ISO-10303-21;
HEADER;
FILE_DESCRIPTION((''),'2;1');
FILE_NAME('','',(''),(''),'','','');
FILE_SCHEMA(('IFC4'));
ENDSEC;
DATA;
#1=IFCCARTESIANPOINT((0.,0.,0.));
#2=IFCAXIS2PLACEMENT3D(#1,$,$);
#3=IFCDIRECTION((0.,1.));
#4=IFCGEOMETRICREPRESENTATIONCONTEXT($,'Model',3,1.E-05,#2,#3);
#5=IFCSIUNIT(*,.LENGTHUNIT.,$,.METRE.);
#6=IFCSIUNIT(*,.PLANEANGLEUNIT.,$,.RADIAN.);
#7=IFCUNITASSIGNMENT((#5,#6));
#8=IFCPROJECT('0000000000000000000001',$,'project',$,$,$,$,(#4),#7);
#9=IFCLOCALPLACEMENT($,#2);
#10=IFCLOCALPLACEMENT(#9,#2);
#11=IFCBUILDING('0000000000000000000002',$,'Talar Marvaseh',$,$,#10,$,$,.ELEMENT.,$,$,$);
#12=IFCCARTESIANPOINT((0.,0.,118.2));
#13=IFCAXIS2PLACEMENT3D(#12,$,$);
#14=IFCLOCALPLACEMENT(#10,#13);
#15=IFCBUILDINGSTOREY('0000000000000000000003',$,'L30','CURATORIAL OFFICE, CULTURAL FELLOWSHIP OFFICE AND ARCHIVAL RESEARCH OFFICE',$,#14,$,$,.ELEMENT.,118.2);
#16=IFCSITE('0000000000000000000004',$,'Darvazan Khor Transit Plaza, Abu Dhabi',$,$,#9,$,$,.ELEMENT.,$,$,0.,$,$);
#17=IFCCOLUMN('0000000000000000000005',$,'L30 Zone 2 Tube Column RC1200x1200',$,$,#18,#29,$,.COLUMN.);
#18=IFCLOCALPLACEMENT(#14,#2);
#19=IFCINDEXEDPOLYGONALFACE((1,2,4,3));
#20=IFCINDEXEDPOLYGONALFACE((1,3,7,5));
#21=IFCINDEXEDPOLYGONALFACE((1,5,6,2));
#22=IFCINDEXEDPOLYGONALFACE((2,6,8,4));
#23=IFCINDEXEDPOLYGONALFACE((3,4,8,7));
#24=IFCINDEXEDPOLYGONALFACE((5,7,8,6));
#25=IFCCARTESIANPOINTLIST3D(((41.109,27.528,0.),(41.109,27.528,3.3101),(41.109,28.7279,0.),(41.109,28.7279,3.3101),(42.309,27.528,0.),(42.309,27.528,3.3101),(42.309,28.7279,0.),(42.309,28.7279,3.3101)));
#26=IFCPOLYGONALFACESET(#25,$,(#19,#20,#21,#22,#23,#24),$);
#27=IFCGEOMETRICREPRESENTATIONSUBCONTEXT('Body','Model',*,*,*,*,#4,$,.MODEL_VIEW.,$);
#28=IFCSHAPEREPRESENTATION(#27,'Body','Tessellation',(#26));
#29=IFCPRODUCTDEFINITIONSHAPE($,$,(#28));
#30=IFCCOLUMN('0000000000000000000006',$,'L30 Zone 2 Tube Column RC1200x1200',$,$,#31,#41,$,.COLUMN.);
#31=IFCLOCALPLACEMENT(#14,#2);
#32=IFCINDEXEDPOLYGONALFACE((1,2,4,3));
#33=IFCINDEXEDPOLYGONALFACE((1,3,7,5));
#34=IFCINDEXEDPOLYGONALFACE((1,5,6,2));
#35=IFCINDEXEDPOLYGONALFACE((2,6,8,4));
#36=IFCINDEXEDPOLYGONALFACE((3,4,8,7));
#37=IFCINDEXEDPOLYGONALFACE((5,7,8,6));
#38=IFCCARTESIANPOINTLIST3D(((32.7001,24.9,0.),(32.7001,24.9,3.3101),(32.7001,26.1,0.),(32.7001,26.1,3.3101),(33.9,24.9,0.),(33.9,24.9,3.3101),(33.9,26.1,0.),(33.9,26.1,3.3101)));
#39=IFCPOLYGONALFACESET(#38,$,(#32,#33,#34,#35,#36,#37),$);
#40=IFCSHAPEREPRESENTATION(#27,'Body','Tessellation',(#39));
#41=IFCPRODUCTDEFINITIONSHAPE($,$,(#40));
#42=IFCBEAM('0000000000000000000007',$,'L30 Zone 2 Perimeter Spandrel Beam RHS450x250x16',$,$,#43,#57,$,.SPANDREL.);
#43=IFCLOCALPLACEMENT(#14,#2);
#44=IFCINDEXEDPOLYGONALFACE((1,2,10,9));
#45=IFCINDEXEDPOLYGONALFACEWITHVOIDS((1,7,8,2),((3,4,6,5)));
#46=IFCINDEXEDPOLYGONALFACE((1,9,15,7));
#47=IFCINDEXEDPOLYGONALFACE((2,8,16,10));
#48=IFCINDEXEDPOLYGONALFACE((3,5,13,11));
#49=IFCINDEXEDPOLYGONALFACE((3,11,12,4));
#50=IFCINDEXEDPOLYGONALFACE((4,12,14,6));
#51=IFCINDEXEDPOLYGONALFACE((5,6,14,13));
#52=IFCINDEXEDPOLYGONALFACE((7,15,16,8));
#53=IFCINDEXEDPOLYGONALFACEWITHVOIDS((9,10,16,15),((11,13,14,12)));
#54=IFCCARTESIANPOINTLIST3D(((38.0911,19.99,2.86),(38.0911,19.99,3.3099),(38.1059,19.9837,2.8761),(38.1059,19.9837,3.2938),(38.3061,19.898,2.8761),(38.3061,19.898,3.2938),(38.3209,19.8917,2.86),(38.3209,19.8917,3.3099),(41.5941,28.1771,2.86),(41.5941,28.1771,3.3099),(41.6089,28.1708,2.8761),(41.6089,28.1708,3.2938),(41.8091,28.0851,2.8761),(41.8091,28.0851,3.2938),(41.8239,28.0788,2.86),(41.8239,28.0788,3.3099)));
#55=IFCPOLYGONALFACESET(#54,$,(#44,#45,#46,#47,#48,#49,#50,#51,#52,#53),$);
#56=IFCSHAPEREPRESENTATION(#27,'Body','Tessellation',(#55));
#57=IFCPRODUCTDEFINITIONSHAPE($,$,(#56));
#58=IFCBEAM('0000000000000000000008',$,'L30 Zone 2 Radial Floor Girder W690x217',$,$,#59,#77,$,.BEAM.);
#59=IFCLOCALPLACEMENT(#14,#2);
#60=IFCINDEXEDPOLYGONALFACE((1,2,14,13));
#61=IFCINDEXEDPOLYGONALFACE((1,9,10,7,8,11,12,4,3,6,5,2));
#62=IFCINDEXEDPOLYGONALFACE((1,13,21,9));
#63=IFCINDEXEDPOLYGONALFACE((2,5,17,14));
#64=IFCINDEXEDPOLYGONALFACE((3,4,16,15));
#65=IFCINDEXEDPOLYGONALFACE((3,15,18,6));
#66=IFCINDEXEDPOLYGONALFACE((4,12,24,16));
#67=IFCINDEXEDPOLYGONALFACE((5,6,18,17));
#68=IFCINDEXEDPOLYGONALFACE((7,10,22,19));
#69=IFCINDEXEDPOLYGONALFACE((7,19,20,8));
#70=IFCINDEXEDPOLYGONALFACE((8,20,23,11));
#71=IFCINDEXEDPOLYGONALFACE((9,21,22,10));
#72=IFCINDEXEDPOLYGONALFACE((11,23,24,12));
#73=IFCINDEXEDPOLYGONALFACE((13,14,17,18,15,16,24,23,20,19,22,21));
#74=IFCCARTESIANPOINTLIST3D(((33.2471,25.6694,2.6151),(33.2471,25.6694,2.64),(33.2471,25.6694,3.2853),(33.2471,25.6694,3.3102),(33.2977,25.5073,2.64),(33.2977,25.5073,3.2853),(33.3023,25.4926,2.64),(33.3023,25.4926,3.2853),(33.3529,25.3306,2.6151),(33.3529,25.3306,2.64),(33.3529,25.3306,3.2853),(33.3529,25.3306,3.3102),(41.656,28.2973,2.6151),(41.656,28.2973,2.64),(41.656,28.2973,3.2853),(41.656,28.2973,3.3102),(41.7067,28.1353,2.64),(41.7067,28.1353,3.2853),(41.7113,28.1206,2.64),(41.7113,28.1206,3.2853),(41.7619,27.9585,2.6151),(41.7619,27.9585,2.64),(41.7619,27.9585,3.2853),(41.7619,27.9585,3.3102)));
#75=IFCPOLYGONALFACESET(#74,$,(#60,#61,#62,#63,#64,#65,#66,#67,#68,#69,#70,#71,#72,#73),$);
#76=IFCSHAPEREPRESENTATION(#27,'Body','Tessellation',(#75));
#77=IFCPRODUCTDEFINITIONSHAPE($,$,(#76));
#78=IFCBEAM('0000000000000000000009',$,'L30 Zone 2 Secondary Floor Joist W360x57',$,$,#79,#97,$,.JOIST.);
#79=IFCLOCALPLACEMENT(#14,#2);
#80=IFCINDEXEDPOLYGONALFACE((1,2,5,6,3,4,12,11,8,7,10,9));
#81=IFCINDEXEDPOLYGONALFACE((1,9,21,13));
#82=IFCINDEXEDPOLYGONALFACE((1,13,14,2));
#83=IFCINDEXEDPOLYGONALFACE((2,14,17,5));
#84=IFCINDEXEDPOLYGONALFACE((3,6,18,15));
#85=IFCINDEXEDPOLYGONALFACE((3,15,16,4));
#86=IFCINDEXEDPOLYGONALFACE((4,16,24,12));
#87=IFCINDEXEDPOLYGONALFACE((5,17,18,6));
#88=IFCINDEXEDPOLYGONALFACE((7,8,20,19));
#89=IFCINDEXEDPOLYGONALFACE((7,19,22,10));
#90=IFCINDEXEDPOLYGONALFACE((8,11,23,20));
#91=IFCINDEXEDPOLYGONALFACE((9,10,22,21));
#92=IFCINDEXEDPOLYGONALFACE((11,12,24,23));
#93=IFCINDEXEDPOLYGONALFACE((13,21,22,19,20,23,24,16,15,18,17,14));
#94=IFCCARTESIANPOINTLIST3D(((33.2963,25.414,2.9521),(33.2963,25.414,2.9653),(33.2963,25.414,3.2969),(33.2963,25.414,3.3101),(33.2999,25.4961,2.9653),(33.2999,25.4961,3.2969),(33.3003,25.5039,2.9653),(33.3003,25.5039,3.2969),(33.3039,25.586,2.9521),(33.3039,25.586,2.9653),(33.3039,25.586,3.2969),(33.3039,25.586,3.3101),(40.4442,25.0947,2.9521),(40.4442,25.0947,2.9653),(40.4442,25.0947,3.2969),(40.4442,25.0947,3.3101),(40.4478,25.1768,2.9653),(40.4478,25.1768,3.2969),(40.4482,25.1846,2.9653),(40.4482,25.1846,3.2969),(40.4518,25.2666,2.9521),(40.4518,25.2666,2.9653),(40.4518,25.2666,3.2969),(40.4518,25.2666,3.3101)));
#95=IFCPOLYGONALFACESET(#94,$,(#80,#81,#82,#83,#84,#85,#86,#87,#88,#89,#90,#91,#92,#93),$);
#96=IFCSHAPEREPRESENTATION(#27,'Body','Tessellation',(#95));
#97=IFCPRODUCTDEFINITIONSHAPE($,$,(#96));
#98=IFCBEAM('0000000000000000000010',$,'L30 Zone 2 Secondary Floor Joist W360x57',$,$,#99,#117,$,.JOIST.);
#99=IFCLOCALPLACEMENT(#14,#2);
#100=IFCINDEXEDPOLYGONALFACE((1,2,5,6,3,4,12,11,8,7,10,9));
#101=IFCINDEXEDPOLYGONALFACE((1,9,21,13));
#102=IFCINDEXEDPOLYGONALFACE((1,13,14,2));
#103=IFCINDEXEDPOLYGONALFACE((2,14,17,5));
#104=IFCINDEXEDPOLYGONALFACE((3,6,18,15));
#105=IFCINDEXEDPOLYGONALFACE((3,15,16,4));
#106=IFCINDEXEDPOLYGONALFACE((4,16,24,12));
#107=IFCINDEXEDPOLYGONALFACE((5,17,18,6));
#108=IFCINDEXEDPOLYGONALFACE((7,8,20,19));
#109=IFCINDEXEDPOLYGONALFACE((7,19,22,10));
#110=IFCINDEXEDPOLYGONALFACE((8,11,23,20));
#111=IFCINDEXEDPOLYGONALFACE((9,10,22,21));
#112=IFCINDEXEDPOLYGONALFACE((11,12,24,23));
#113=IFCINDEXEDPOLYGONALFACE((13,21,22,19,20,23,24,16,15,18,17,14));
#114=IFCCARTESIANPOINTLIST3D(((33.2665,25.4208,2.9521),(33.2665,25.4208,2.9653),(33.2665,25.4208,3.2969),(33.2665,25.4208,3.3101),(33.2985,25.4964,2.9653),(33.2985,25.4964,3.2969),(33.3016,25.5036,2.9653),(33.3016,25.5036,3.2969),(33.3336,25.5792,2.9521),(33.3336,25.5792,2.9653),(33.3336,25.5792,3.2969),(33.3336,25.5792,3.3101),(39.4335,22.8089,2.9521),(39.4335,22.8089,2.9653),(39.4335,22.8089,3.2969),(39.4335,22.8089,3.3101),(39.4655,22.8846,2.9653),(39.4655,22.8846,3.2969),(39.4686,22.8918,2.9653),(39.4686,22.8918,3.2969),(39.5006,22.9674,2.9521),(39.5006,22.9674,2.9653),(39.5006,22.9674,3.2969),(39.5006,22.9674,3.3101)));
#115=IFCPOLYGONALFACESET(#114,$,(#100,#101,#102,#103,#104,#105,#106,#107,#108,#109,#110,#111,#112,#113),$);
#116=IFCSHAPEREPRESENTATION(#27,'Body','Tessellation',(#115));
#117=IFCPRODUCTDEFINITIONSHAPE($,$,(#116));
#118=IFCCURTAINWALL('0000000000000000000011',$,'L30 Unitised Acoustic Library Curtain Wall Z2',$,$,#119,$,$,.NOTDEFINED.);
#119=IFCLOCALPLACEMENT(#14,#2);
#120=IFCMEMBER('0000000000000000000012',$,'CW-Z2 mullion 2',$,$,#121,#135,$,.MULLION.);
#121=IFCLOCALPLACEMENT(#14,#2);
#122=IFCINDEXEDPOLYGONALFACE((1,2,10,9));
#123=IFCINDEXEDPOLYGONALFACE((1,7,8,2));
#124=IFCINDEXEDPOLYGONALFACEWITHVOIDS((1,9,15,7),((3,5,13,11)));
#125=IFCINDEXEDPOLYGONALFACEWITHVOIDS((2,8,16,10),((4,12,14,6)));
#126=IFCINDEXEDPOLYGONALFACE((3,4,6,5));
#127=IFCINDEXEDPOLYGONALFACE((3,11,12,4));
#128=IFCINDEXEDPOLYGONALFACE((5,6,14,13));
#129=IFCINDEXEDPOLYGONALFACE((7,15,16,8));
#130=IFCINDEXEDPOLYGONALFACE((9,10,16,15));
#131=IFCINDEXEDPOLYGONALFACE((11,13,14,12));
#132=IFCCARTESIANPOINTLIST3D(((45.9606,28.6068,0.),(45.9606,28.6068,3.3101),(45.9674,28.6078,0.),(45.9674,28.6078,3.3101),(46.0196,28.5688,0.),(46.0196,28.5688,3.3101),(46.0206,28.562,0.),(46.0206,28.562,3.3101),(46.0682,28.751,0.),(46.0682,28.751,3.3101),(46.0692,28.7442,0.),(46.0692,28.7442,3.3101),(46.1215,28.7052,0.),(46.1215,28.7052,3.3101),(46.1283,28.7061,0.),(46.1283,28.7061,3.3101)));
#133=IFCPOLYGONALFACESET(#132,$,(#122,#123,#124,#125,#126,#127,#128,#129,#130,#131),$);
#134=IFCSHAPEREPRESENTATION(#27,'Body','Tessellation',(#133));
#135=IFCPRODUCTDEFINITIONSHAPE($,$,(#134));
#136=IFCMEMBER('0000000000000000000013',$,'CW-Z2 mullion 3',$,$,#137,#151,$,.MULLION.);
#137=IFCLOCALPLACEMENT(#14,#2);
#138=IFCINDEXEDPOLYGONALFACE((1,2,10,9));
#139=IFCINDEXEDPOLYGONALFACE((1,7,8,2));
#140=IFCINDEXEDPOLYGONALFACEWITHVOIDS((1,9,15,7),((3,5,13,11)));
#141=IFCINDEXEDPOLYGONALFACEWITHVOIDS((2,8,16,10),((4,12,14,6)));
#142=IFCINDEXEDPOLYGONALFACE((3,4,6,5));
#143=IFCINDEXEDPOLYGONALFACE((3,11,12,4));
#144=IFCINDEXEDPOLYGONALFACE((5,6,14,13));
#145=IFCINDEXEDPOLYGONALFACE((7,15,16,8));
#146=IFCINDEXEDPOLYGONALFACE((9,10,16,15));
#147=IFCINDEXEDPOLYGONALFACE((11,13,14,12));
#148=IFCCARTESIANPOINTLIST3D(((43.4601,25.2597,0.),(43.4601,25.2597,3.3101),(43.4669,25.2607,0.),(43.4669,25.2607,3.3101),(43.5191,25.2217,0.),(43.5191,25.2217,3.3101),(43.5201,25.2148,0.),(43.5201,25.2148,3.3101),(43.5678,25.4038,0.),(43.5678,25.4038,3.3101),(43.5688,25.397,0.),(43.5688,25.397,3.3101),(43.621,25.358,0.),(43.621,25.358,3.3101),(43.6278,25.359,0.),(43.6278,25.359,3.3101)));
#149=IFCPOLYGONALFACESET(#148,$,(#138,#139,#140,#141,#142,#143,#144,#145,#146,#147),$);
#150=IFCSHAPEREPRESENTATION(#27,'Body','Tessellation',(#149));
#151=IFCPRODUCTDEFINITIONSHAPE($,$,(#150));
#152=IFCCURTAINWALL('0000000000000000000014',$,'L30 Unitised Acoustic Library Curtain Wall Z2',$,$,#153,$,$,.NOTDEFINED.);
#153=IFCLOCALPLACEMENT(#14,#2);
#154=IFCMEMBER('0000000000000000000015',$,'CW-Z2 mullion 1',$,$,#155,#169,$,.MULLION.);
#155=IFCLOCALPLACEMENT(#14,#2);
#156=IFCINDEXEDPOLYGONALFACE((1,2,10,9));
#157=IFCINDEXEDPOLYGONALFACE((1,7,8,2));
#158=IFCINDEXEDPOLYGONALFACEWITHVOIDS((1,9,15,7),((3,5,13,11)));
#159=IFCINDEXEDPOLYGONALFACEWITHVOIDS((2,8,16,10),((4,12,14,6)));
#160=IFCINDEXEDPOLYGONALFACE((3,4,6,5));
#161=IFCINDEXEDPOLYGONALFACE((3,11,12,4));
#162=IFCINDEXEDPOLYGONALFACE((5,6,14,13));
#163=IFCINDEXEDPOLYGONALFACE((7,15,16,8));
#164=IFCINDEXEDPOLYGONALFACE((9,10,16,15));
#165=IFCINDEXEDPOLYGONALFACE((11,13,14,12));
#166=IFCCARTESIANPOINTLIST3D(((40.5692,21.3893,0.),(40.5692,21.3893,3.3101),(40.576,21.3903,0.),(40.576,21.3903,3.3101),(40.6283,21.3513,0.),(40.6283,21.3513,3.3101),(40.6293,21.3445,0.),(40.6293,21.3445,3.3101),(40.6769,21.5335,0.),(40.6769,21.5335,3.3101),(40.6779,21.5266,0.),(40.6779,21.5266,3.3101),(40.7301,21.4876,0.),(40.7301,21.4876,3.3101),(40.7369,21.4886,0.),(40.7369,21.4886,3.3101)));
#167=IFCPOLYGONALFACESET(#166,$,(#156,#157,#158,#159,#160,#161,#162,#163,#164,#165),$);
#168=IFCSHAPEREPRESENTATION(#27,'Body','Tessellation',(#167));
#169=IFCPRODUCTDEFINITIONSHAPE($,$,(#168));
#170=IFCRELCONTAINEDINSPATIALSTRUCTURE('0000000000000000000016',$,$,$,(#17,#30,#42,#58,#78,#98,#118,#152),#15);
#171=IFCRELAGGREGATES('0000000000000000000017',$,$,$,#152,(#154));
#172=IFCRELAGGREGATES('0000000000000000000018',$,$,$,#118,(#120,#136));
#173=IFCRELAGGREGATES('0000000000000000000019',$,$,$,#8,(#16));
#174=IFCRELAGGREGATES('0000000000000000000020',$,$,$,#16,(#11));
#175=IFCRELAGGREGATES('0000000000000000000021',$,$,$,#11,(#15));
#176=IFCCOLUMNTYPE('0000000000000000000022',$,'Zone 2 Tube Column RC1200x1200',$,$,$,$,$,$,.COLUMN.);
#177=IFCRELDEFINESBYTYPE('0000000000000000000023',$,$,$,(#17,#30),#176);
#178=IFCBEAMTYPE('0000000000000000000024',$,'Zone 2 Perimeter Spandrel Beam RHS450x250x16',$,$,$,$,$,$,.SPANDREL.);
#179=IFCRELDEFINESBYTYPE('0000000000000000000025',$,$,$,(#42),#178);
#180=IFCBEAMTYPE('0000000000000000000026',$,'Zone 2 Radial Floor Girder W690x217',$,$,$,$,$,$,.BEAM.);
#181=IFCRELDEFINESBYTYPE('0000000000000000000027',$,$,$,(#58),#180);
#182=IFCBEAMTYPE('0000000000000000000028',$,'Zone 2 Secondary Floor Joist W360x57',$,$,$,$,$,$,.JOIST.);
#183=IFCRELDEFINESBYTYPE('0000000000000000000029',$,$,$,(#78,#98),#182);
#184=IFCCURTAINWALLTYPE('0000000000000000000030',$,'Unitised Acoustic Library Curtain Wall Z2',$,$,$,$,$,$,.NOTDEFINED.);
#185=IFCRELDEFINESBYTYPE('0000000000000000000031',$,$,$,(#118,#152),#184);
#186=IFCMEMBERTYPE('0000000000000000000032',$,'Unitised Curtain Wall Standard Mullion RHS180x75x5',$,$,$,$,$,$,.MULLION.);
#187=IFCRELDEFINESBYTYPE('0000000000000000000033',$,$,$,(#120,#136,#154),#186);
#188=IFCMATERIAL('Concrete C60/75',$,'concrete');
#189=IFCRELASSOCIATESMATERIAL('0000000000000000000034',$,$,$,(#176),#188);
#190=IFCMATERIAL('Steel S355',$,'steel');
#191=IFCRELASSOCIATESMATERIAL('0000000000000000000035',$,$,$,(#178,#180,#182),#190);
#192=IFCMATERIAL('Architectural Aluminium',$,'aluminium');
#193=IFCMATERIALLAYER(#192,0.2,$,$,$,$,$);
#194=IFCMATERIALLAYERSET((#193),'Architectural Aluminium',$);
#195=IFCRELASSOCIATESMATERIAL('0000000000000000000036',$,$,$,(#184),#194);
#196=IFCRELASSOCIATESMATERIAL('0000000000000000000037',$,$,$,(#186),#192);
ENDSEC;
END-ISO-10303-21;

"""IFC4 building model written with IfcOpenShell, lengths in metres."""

from ifc_helpers import new_model, si_unit, direction, frame, origin, origin_2d, place, context, subcontext, project, spatial, rectangle, hollow_rectangle, i_section, extrude, source, transform, mapped, material, layer, layer_set, material_profile, profile_set, type_object, type_shapes, element, aggregate, save


model = new_model("IFC4")

# Units and contexts
model_context = context("Model", 3, precision=1e-05, world=origin(), true_north=direction((0.0, 1.0)))
body_context = subcontext(model_context, "Body", "Model", "MODEL_VIEW")
ifc_project = project(units=[si_unit("LENGTHUNIT", "METRE"), si_unit("PLANEANGLEUNIT", "RADIAN")], contexts=[model_context])

# Site, building, storey
site_placement = place(None, origin())
site = spatial("IfcSite", under=ifc_project, at=site_placement, Name="Darvazan Khor Transit Plaza, Abu Dhabi", CompositionType="ELEMENT", RefElevation=0.0)
building_placement = place(site_placement, origin())
building = spatial("IfcBuilding", under=site, at=building_placement, Name="Talar Marvaseh", CompositionType="ELEMENT")
storey_placement = place(building_placement, frame((0.0, 0.0, 118.2)))
storey = spatial("IfcBuildingStorey", under=building, at=storey_placement, Name="L30", Description="CURATORIAL OFFICE, CULTURAL FELLOWSHIP OFFICE AND ARCHIVAL RESEARCH OFFICE", CompositionType="ELEMENT", Elevation=118.2)

# Columns
ifc_material_1 = material(Name="Concrete C60/75", Category="concrete")
ifc_material_profile_1 = material_profile(ifc_material_1, rectangle(XDim=1.2, YDim=1.2, at=origin_2d()), Name="RC1200x1200")
ifc_profile_set_1 = profile_set([ifc_material_profile_1], Name="Concrete C60/75")
column_type = type_object("IfcColumnType", Name="Zone 2 Tube Column RC1200x1200", PredefinedType="COLUMN", material=ifc_profile_set_1)
for number, where, z_axis, x_axis, name in (
    (1, (41.709, 28.1279, 0.0), (0.0, 0.0, 1.0), (1.0, 0.0, 0.0), "L30 Zone 2 Tube Column RC1200x1200"),
    (2, (33.3, 25.5, 0.0), (0.0, 0.0, 1.0), (1.0, 0.0, 0.0), "L30 Zone 2 Tube Column RC1200x1200"),
):
    element("IfcColumn", number, at=place(storey_placement, frame(where, z_axis=z_axis, x_axis=x_axis)), inside=storey, type_object=column_type, Name=name, PredefinedType="COLUMN", context=body_context, shape_type="SweptSolid", body=[
        extrude(rectangle(XDim=1.2, YDim=1.2, at=origin_2d()), origin(), (0.0, 0.0, 1.0), 3.3101),
    ])

# Beams
ifc_material_2 = material(Name="Steel S355", Category="steel")
ifc_material_profile_2 = material_profile(ifc_material_2, hollow_rectangle(XDim=0.25, YDim=0.45, WallThickness=0.0161, at=origin_2d()), Name="RHS450x250x16")
ifc_profile_set_2 = profile_set([ifc_material_profile_2], Name="Steel S355")
beam_type_1 = type_object("IfcBeamType", Name="Zone 2 Perimeter Spandrel Beam RHS450x250x16", PredefinedType="SPANDREL", material=ifc_profile_set_2)
beam_1_placement = place(storey_placement, frame((41.709, 28.1279, 3.085), z_axis=(-0.39337, -0.91938, 0.0), x_axis=(0.91938, -0.39337, 0.0)))
element("IfcBeam", 3, at=beam_1_placement, inside=storey, type_object=beam_type_1, Name="L30 Zone 2 Perimeter Spandrel Beam RHS450x250x16", PredefinedType="SPANDREL", context=body_context, shape_type="SweptSolid", body=[
    extrude(hollow_rectangle(XDim=0.25, YDim=0.45, WallThickness=0.0161, at=origin_2d()), origin(), (0.0, 0.0, 1.0), 8.905),
])
ifc_material_profile_3 = material_profile(ifc_material_2, i_section(OverallWidth=0.355, OverallDepth=0.6951, WebThickness=0.0154, FlangeThickness=0.0249, at=origin_2d()), Name="W690x217")
ifc_profile_set_3 = profile_set([ifc_material_profile_3], Name="Steel S355")
beam_type_2 = type_object("IfcBeamType", Name="Zone 2 Radial Floor Girder W690x217", PredefinedType="BEAM", material=ifc_profile_set_3)
beam_2_placement = place(storey_placement, frame((41.709, 28.1279, 2.9626), z_axis=(-0.954476, -0.298289, 0.0), x_axis=(0.298289, -0.954476, 0.0)))
element("IfcBeam", 4, at=beam_2_placement, inside=storey, type_object=beam_type_2, Name="L30 Zone 2 Radial Floor Girder W690x217", PredefinedType="BEAM", context=body_context, shape_type="SweptSolid", body=[
    extrude(i_section(OverallWidth=0.355, OverallDepth=0.6951, WebThickness=0.0154, FlangeThickness=0.0249, at=origin_2d()), origin(), (0.0, 0.0, 1.0), 8.8101),
])
ifc_material_profile_4 = material_profile(ifc_material_2, i_section(OverallWidth=0.1721, OverallDepth=0.3579, WebThickness=0.0078, FlangeThickness=0.0132, at=origin_2d()), Name="W360x57")
ifc_profile_set_4 = profile_set([ifc_material_profile_4], Name="Steel S355")
beam_type_3 = type_object("IfcBeamType", Name="Zone 2 Secondary Floor Joist W360x57", PredefinedType="JOIST", material=ifc_profile_set_4)
beam_3_placement = place(storey_placement, frame((40.448, 25.1807, 3.1311), z_axis=(-0.999004, 0.044631, 0.0), x_axis=(-0.044631, -0.999004, 0.0)))
element("IfcBeam", 5, at=beam_3_placement, inside=storey, type_object=beam_type_3, Name="L30 Zone 2 Secondary Floor Joist W360x57", PredefinedType="JOIST", context=body_context, shape_type="SweptSolid", body=[
    extrude(i_section(OverallWidth=0.1721, OverallDepth=0.3579, WebThickness=0.0078, FlangeThickness=0.0132, at=origin_2d()), origin(), (0.0, 0.0, 1.0), 7.155),
])
beam_4_placement = place(storey_placement, frame((39.467, 22.8882, 3.1311), z_axis=(-0.920822, 0.389982, 0.0), x_axis=(-0.389982, -0.920822, 0.0)))
element("IfcBeam", 6, at=beam_4_placement, inside=storey, type_object=beam_type_3, Name="L30 Zone 2 Secondary Floor Joist W360x57", PredefinedType="JOIST", context=body_context, shape_type="SweptSolid", body=[
    extrude(i_section(OverallWidth=0.1721, OverallDepth=0.3579, WebThickness=0.0078, FlangeThickness=0.0132, at=origin_2d()), origin(), (0.0, 0.0, 1.0), 6.6973),
])

# Curtain wall, members
ifc_material_3 = material(Name="Architectural Aluminium", Category="aluminium")
ifc_layer_1 = layer(ifc_material_3, 0.2)
ifc_layer_set_1 = layer_set([ifc_layer_1], Name="Architectural Aluminium")
curtain_wall_type = type_object("IfcCurtainWallType", Name="Unitised Acoustic Library Curtain Wall Z2", PredefinedType="NOTDEFINED", material=ifc_layer_set_1)
curtain_wall_1_placement = place(storey_placement, origin())
curtain_wall_1 = element("IfcCurtainWall", 7, at=curtain_wall_1_placement, inside=storey, type_object=curtain_wall_type, Name="L30 Unitised Acoustic Library Curtain Wall Z2", PredefinedType="NOTDEFINED")
ifc_material_profile_5 = material_profile(ifc_material_3, hollow_rectangle(XDim=0.075, YDim=0.1799, WallThickness=0.0049, at=origin_2d()), Name="RHS180x75x5")
ifc_profile_set_5 = profile_set([ifc_material_profile_5], Name="Architectural Aluminium")
member_type_1 = type_object("IfcMemberType", Name="Unitised Curtain Wall Standard Mullion RHS180x75x5", PredefinedType="MULLION", material=ifc_profile_set_5)
shared_shape_1 = source(origin(), body_context, "Body", "SweptSolid", [
    extrude(hollow_rectangle(XDim=0.075, YDim=0.1799, WallThickness=0.0049, at=origin_2d()), origin(), (0.0, 0.0, 1.0), 3.3101),
])
type_shapes(member_type_1, [shared_shape_1])
member_1_placement = place(storey_placement, frame((46.0444, 28.6565, 0.0), z_axis=(0.0, 0.0, 1.0), x_axis=(0.801159, -0.598452, 0.0)))
member_1 = element("IfcMember", 8, at=member_1_placement, type_object=member_type_1, Name="CW-Z2 mullion 2", PredefinedType="MULLION", context=body_context, shape_type="MappedRepresentation", body=[
    mapped(shared_shape_1, transform((0.0, 0.0, 0.0), x_axis=(1.0, 0.0, 0.0), y_axis=(0.0, 1.0, 0.0), z_axis=(0.0, 0.0, 1.0), scale=1.0)),
])
member_2_placement = place(storey_placement, frame((43.5439, 25.3093, 0.0), z_axis=(0.0, 0.0, 1.0), x_axis=(0.801159, -0.598452, 0.0)))
member_2 = element("IfcMember", 9, at=member_2_placement, type_object=member_type_1, Name="CW-Z2 mullion 3", PredefinedType="MULLION", context=body_context, shape_type="MappedRepresentation", body=[
    mapped(shared_shape_1, transform((0.0, 0.0, 0.0), x_axis=(1.0, 0.0, 0.0), y_axis=(0.0, 1.0, 0.0), z_axis=(0.0, 0.0, 1.0), scale=1.0)),
])

# Curtain wall, member
curtain_wall_2_placement = place(storey_placement, origin())
curtain_wall_2 = element("IfcCurtainWall", 10, at=curtain_wall_2_placement, inside=storey, type_object=curtain_wall_type, Name="L30 Unitised Acoustic Library Curtain Wall Z2", PredefinedType="NOTDEFINED")
member_3_placement = place(storey_placement, frame((40.6531, 21.439, 0.0), z_axis=(0.0, 0.0, 1.0), x_axis=(0.801159, -0.598452, 0.0)))
member_3 = element("IfcMember", 11, at=member_3_placement, type_object=member_type_1, Name="CW-Z2 mullion 1", PredefinedType="MULLION", context=body_context, shape_type="MappedRepresentation", body=[
    mapped(shared_shape_1, transform((0.0, 0.0, 0.0), x_axis=(1.0, 0.0, 0.0), y_axis=(0.0, 1.0, 0.0), z_axis=(0.0, 0.0, 1.0), scale=1.0)),
])

aggregate(curtain_wall_2, [member_3])

aggregate(curtain_wall_1, [member_1, member_2])

save(model, "model.ifc")
